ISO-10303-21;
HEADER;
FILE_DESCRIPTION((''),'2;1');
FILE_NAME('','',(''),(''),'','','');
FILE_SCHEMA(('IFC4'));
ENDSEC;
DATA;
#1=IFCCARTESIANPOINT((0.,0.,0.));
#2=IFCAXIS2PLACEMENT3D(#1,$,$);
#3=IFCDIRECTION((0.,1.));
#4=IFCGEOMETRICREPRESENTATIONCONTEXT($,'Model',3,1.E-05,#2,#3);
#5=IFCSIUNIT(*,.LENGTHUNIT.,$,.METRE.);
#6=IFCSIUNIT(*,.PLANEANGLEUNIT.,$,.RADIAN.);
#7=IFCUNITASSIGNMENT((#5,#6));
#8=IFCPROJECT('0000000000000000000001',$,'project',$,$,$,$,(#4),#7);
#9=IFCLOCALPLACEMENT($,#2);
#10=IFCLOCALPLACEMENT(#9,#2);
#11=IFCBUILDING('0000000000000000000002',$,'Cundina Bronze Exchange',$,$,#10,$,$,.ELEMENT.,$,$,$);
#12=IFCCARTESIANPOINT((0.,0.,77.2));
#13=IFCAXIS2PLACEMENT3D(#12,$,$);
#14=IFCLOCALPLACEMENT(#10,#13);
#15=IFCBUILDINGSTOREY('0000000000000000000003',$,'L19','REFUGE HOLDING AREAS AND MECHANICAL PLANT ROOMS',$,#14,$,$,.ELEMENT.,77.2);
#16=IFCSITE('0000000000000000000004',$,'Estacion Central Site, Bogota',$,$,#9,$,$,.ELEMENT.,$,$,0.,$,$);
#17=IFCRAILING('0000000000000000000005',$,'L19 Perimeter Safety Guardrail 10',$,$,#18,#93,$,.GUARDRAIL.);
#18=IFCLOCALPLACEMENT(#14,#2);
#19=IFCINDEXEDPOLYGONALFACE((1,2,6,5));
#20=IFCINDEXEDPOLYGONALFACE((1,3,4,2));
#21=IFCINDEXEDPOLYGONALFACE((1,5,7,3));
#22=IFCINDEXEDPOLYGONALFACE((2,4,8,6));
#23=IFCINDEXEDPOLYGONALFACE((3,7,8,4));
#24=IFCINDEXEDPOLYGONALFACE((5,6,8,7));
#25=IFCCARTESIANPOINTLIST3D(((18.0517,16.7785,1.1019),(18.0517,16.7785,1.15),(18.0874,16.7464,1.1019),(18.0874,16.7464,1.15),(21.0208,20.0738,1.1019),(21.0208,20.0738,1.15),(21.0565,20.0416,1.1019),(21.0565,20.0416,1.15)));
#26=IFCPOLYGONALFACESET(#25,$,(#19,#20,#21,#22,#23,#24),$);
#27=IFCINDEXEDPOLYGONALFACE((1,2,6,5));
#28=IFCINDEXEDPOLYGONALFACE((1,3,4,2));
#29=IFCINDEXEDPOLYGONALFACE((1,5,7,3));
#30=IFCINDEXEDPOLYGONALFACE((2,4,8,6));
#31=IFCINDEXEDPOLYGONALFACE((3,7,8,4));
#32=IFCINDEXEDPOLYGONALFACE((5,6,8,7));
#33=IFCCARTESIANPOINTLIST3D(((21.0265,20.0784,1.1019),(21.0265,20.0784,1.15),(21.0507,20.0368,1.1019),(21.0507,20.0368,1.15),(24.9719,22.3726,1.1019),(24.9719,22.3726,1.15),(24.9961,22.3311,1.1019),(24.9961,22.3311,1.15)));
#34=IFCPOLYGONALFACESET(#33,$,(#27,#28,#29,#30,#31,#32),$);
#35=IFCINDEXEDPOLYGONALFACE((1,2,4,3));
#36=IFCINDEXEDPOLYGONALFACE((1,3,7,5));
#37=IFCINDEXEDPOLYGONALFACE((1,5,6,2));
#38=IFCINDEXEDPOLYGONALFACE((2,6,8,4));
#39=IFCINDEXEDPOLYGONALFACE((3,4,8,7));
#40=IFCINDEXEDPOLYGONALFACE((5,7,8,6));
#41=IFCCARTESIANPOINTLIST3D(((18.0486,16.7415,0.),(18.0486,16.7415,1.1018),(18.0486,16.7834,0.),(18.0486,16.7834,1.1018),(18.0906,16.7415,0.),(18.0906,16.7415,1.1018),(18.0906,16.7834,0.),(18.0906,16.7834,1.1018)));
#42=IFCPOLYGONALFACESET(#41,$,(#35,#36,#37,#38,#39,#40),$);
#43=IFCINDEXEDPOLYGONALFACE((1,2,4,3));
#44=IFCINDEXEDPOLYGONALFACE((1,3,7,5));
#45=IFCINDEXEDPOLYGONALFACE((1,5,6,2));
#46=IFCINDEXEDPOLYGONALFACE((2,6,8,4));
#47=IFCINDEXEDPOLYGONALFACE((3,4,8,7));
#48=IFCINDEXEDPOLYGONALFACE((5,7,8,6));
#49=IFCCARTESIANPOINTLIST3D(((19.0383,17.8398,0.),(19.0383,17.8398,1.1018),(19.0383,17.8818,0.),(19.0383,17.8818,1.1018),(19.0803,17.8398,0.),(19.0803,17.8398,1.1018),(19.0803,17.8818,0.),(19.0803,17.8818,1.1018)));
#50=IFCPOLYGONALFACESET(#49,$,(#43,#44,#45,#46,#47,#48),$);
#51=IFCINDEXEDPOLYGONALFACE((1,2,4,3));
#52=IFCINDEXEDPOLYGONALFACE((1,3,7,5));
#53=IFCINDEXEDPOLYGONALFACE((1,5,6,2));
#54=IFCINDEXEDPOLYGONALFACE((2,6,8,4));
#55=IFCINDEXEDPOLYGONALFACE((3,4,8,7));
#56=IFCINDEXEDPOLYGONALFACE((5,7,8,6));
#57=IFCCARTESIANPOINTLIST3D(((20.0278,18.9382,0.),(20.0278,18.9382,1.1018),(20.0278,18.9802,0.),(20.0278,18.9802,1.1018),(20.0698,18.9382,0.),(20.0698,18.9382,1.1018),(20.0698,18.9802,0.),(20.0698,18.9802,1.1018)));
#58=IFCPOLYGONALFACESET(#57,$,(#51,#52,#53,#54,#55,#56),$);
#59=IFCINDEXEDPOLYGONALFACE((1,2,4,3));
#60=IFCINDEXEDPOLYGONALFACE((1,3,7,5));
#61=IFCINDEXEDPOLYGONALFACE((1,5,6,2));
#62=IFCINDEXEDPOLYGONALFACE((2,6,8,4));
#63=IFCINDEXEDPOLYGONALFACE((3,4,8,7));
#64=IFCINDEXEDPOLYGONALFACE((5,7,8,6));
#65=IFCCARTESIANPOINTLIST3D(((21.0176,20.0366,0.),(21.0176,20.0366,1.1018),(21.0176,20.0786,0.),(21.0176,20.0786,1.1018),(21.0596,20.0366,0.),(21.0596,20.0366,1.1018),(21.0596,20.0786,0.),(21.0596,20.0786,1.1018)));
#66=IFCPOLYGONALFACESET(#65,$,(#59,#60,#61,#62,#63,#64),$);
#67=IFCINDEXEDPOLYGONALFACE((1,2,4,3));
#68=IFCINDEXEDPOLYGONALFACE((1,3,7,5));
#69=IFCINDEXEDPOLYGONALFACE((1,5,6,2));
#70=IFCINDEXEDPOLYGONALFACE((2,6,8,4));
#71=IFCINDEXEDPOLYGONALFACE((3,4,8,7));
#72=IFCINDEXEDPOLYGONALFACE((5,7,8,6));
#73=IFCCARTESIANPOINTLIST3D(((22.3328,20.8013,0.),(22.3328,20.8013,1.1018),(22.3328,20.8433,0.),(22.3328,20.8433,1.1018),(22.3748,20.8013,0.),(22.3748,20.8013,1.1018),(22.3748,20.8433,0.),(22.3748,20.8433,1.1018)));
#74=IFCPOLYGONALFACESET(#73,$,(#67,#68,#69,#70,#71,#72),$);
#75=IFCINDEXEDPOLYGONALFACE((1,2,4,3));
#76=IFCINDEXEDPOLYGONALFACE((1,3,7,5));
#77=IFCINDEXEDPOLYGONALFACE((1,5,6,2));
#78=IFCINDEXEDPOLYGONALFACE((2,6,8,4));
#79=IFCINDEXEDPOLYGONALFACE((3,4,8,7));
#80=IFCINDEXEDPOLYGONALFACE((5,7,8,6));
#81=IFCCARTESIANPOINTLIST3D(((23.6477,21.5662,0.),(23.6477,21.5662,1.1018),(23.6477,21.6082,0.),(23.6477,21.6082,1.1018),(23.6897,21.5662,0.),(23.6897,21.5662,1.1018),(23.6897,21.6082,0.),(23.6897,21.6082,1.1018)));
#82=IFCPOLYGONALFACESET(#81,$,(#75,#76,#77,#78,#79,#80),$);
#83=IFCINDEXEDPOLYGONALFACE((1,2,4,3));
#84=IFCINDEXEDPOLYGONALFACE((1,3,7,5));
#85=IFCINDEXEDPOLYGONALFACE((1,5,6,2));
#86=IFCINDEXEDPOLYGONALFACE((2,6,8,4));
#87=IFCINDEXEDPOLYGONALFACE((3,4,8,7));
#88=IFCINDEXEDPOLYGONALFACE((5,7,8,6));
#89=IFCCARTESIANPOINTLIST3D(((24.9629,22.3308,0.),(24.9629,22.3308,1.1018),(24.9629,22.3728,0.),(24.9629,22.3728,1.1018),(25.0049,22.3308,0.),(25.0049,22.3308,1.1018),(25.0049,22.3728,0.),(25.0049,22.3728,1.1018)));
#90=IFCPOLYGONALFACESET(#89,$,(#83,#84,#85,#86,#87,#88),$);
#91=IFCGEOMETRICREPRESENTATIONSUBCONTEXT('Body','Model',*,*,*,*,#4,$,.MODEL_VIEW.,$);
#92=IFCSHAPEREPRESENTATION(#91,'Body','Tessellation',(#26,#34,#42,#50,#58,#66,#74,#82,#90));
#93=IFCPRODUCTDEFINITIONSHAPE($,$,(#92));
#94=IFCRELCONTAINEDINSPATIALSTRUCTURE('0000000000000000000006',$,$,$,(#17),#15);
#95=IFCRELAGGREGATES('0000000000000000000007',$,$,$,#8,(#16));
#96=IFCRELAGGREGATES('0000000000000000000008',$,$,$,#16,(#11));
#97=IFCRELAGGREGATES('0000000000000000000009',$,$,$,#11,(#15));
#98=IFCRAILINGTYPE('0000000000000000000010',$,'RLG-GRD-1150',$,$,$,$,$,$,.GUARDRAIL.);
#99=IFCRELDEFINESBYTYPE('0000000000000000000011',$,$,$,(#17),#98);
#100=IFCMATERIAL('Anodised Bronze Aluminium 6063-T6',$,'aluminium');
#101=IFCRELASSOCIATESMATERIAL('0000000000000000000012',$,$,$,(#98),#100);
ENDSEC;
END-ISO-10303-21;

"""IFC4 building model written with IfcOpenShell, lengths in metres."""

from ifc_helpers import new_model, si_unit, direction, frame, origin, origin_2d, place, context, subcontext, project, spatial, rectangle, extrude, material, type_object, element, save


model = new_model("IFC4")

# Units and contexts
model_context = context("Model", 3, precision=1e-05, world=origin(), true_north=direction((0.0, 1.0)))
body_context = subcontext(model_context, "Body", "Model", "MODEL_VIEW")
ifc_project = project(units=[si_unit("LENGTHUNIT", "METRE"), si_unit("PLANEANGLEUNIT", "RADIAN")], contexts=[model_context])

# Site, building, storey
site_placement = place(None, origin())
site = spatial("IfcSite", under=ifc_project, at=site_placement, Name="Estacion Central Site, Bogota", CompositionType="ELEMENT", RefElevation=0.0)
building_placement = place(site_placement, origin())
building = spatial("IfcBuilding", under=site, at=building_placement, Name="Cundina Bronze Exchange", CompositionType="ELEMENT")
storey_placement = place(building_placement, frame((0.0, 0.0, 77.2)))
storey = spatial("IfcBuildingStorey", under=building, at=storey_placement, Name="L19", Description="REFUGE HOLDING AREAS AND MECHANICAL PLANT ROOMS", CompositionType="ELEMENT", Elevation=77.2)

# Shared definitions
ifc_material_1 = material(Name="Anodised Bronze Aluminium 6063-T6", Category="aluminium")

# Railing
railing_type = type_object("IfcRailingType", Name="RLG-GRD-1150", PredefinedType="GUARDRAIL", material=ifc_material_1)
railing_1_placement = place(storey_placement, frame((18.0696, 16.7625, 0.0)))
element("IfcRailing", 1, at=railing_1_placement, inside=storey, type_object=railing_type, Name="L19 Perimeter Safety Guardrail 10", PredefinedType="GUARDRAIL", context=body_context, shape_type="SweptSolid", body=[
    extrude(rectangle(XDim=0.0481, YDim=0.0481, at=origin_2d()), frame((0.0, 0.0, 1.126), z_axis=(0.669381, 0.742919, 0.0), x_axis=(-0.742919, 0.669381, 0.0)), (0.0, 0.0, 1.0), 4.4355),
    extrude(rectangle(XDim=0.0481, YDim=0.0481, at=origin_2d()), frame((2.969, 3.2952, 1.126), z_axis=(0.864469, 0.502686, 0.0), x_axis=(-0.502686, 0.864469, 0.0)), (0.0, 0.0, 1.0), 4.564),
    extrude(rectangle(XDim=0.042, YDim=0.042, at=origin_2d()), origin(), (0.0, 0.0, 1.0), 1.1018),
    extrude(rectangle(XDim=0.042, YDim=0.042, at=origin_2d()), frame((0.9897, 1.0984, 0.0)), (0.0, 0.0, 1.0), 1.1018),
    extrude(rectangle(XDim=0.042, YDim=0.042, at=origin_2d()), frame((1.9792, 2.1968, 0.0)), (0.0, 0.0, 1.0), 1.1018),
    extrude(rectangle(XDim=0.042, YDim=0.042, at=origin_2d()), frame((2.969, 3.2952, 0.0)), (0.0, 0.0, 1.0), 1.1018),
    extrude(rectangle(XDim=0.042, YDim=0.042, at=origin_2d()), frame((4.2842, 4.0598, 0.0)), (0.0, 0.0, 1.0), 1.1018),
    extrude(rectangle(XDim=0.042, YDim=0.042, at=origin_2d()), frame((5.5991, 4.8247, 0.0)), (0.0, 0.0, 1.0), 1.1018),
    extrude(rectangle(XDim=0.042, YDim=0.042, at=origin_2d()), frame((6.9143, 5.5894, 0.0)), (0.0, 0.0, 1.0), 1.1018),
])

save(model, "model.ifc")
